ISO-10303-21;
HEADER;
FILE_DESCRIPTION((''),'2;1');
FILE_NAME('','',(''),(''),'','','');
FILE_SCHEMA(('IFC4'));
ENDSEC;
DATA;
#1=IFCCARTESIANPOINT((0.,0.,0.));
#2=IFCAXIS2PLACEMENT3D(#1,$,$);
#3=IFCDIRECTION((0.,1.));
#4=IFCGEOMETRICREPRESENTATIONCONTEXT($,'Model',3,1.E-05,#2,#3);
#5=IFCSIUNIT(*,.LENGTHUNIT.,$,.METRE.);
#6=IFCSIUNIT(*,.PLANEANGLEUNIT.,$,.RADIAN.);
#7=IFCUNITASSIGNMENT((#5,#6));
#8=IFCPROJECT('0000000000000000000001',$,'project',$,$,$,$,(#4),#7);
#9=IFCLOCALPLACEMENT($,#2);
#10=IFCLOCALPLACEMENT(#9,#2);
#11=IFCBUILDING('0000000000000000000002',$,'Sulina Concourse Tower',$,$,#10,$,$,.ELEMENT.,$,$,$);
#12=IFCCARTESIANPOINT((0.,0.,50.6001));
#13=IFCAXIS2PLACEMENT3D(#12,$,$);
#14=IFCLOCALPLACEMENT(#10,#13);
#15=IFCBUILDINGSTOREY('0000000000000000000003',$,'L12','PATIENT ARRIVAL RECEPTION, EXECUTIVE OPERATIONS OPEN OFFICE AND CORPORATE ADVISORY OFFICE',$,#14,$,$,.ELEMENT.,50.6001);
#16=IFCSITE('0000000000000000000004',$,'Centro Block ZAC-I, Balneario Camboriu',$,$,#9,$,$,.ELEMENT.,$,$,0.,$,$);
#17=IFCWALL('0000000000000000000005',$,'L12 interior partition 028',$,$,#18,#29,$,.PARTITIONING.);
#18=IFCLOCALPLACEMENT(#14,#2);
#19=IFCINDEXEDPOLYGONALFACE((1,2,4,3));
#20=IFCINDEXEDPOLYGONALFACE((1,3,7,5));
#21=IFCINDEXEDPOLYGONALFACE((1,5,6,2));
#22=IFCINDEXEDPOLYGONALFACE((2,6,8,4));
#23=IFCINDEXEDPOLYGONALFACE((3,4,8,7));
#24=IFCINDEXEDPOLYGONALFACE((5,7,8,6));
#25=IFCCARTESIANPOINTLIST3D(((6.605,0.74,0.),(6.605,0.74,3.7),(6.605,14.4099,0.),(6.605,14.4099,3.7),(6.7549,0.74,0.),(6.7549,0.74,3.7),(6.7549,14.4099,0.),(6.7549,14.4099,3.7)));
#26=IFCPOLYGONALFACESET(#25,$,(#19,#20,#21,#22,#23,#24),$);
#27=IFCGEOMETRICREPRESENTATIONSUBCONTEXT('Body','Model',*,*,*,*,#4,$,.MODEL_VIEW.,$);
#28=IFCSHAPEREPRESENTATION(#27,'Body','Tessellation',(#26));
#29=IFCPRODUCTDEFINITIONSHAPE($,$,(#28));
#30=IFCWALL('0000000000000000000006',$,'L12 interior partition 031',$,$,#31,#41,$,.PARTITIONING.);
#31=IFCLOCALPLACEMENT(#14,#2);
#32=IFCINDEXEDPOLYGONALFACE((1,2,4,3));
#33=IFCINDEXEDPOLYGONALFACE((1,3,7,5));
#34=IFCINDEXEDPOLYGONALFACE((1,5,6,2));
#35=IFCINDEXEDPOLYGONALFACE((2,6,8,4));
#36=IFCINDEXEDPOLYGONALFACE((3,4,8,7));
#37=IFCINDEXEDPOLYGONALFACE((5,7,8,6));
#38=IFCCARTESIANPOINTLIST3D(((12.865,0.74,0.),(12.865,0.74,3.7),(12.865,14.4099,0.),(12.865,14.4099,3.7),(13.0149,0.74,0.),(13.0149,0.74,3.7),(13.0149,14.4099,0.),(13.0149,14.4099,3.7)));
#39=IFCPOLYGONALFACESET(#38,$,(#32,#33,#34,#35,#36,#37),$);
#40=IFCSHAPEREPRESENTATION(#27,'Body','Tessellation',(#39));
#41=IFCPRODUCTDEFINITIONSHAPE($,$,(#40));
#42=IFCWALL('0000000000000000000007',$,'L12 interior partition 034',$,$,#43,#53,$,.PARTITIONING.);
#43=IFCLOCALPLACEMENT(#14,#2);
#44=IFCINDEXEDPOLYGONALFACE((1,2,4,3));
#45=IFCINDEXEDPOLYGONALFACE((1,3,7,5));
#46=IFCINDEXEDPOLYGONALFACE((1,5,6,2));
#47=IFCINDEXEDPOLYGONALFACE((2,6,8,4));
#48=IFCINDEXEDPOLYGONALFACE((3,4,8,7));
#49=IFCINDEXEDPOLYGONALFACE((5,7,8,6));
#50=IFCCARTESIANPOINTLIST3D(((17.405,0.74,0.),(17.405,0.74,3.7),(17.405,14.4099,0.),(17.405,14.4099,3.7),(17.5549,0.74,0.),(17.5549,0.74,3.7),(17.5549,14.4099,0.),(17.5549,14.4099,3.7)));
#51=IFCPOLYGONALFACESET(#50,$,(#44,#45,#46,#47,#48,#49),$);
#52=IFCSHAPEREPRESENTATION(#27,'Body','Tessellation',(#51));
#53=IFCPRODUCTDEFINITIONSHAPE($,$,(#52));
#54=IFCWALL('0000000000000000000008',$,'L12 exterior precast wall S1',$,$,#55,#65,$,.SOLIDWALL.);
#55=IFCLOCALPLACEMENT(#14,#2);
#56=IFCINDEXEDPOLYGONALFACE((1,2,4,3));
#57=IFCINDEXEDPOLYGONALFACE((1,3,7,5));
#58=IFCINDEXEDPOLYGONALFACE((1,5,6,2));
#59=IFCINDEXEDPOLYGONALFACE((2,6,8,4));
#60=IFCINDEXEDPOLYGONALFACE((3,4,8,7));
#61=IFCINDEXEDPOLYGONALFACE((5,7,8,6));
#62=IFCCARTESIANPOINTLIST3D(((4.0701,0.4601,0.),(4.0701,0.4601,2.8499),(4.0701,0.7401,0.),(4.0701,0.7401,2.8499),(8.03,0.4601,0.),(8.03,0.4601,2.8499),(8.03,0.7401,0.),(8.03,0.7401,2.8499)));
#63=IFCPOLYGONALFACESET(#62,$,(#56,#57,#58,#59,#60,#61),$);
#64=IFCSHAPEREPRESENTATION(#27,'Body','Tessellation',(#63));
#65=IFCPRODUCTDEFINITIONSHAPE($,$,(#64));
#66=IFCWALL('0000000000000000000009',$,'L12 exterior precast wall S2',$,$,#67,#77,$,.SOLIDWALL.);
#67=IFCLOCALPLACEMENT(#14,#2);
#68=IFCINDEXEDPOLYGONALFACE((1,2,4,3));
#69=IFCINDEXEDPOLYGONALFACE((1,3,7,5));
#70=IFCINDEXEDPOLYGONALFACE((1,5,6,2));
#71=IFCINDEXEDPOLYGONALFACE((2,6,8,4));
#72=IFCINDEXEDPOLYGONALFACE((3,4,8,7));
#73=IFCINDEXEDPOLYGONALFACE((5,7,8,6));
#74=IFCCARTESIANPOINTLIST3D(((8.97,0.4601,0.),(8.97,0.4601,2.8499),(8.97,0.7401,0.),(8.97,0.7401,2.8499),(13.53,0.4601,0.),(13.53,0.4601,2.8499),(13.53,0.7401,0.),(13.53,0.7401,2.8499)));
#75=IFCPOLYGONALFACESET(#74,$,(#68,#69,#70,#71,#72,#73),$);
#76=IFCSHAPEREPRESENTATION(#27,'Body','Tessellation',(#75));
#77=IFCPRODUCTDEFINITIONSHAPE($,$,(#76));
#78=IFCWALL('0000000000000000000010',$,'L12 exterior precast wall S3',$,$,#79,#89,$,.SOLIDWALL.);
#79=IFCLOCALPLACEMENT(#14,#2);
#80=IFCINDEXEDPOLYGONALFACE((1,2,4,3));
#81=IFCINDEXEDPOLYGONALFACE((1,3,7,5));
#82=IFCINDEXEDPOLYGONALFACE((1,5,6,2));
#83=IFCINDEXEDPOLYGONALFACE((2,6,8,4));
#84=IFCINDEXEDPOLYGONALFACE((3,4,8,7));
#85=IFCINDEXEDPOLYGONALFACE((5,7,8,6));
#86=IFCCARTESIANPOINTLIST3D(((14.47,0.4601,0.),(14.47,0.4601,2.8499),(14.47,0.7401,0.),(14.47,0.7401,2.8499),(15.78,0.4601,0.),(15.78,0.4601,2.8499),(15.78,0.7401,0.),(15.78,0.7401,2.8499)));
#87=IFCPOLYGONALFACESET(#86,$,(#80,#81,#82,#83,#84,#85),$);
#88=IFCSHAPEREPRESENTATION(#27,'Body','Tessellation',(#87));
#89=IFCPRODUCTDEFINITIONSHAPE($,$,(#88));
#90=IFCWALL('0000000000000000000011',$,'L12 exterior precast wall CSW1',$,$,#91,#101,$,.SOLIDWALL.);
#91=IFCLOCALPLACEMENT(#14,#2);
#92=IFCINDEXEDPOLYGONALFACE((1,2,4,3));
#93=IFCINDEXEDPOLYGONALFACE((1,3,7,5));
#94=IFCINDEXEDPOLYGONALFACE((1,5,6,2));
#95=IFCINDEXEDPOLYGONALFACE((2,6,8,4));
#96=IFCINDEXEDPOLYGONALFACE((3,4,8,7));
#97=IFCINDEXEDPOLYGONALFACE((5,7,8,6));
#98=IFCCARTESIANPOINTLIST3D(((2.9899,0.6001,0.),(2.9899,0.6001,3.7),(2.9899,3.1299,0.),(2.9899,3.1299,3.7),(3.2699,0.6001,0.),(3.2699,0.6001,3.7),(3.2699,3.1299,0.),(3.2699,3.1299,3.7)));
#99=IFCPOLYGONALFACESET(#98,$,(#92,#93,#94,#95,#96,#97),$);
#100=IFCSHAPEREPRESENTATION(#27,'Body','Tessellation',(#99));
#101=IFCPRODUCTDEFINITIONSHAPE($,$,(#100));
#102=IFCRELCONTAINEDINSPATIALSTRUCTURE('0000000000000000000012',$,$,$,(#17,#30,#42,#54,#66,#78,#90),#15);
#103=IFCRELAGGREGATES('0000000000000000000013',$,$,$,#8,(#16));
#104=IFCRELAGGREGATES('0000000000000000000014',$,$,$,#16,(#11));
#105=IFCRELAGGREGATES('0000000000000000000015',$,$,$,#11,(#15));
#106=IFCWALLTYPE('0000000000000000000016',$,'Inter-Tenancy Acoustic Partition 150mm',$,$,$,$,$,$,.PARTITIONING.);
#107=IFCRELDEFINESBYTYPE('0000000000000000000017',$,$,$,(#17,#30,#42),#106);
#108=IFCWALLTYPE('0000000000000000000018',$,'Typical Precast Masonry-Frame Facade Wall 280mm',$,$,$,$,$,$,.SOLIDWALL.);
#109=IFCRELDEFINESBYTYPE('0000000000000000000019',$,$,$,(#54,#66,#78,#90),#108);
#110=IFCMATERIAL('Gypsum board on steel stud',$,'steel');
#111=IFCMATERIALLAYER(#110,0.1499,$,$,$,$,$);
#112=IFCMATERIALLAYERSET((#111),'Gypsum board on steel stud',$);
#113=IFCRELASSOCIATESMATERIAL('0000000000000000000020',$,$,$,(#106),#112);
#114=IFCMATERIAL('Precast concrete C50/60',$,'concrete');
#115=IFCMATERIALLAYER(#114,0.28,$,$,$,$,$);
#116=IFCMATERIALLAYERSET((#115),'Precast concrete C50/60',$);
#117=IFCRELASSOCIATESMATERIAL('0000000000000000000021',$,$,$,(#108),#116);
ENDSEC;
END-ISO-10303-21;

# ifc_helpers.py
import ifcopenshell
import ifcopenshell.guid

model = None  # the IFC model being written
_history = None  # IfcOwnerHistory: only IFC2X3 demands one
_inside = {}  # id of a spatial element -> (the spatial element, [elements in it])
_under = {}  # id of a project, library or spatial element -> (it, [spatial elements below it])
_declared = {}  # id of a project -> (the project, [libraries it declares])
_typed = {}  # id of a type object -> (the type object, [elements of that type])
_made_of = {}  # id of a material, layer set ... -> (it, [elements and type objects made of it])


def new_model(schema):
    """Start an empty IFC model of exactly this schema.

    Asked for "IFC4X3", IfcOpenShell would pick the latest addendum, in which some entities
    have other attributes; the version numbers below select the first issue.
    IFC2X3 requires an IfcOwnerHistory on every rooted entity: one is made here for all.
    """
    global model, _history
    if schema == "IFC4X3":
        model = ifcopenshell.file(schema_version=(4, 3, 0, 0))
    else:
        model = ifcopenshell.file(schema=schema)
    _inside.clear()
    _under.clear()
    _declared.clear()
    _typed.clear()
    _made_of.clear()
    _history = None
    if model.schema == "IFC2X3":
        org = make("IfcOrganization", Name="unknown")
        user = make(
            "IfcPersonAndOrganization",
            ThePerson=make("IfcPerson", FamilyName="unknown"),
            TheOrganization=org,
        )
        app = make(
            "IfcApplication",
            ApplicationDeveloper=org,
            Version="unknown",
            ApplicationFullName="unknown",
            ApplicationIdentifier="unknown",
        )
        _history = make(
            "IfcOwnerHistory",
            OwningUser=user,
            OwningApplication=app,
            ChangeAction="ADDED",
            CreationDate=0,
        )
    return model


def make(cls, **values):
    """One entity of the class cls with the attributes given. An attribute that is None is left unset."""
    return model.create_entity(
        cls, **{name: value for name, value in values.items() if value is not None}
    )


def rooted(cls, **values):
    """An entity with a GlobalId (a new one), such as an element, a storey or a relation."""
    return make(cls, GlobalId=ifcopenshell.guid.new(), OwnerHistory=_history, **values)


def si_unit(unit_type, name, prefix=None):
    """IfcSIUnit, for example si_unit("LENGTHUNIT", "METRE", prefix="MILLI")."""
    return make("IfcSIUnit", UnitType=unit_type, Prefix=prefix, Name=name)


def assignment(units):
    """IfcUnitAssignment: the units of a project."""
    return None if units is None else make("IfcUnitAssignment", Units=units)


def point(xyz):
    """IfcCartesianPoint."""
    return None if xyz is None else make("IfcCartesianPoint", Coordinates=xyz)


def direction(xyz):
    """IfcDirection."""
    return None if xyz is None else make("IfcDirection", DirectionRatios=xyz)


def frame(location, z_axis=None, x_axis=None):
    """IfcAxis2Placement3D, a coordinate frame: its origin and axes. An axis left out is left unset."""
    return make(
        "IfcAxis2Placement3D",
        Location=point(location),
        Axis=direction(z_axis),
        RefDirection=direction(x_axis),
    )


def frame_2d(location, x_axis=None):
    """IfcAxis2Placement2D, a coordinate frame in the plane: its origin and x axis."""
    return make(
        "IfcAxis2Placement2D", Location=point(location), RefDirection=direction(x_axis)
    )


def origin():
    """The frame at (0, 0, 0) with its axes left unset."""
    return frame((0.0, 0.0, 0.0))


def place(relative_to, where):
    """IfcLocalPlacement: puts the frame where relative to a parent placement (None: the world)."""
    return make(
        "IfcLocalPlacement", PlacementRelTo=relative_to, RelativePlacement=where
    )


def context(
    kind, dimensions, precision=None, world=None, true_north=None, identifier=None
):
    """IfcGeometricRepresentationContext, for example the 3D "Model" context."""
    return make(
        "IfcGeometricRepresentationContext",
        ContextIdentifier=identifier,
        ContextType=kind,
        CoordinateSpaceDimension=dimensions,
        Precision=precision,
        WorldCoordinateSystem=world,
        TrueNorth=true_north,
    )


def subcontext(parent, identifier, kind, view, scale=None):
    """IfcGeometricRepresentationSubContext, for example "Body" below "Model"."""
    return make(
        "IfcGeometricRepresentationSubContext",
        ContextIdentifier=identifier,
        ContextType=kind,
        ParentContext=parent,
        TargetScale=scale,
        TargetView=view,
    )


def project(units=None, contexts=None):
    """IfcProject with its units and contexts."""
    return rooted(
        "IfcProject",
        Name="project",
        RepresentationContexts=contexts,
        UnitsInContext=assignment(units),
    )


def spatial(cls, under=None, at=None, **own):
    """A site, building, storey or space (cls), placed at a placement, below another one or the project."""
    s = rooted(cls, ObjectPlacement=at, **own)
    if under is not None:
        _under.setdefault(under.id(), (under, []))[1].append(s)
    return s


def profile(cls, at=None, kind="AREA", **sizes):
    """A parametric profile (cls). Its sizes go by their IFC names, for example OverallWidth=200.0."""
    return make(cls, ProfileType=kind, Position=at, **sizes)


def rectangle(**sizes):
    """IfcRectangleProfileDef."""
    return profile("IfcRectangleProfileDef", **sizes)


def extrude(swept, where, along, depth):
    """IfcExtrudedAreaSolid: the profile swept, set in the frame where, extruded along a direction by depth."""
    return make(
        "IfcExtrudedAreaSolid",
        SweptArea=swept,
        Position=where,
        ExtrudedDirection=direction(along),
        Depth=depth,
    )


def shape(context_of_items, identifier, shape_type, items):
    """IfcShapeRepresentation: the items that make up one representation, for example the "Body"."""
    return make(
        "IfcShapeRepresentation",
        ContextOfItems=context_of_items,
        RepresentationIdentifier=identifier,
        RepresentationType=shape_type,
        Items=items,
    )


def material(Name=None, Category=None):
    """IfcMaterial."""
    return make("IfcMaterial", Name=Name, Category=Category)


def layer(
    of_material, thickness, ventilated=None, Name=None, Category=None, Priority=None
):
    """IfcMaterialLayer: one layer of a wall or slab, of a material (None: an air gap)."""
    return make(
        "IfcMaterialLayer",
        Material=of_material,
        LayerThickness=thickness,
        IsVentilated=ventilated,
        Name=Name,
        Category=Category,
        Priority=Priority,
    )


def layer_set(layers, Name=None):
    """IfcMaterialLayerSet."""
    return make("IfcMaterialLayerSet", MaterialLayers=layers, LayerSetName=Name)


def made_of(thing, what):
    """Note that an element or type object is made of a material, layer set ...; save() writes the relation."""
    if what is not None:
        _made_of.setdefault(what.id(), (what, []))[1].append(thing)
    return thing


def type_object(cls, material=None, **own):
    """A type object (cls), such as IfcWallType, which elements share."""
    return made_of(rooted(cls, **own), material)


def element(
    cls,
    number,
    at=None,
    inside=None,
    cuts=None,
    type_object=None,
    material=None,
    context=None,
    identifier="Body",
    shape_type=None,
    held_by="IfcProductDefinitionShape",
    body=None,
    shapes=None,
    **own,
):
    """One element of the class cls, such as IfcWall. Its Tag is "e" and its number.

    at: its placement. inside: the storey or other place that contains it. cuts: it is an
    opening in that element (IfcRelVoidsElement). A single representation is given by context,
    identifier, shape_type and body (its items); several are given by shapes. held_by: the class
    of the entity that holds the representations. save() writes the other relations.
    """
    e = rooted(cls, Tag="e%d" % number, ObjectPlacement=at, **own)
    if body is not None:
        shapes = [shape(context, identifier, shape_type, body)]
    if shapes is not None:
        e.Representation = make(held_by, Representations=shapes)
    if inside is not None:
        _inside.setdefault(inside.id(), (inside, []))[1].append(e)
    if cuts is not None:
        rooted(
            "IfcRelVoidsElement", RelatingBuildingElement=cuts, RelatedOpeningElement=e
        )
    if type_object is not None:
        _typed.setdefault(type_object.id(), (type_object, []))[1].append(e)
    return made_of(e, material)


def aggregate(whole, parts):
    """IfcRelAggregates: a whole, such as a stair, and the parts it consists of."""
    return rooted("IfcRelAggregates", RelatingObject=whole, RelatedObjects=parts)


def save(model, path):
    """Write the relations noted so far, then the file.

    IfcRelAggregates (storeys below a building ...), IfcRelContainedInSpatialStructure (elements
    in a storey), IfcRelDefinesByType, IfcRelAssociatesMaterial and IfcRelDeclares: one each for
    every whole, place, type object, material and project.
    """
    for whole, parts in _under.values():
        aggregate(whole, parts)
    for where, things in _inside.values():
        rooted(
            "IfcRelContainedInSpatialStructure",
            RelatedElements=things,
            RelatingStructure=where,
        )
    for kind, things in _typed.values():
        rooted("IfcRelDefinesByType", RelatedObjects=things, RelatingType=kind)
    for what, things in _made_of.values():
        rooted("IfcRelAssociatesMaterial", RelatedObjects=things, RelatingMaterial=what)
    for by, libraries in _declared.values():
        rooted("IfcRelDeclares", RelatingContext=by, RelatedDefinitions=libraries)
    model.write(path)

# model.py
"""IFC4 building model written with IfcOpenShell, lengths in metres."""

from ifc_helpers import new_model, si_unit, direction, frame, frame_2d, origin, place, context, subcontext, project, spatial, rectangle, extrude, material, layer, layer_set, type_object, element, save


model = new_model("IFC4")

# Units and contexts
model_context = context("Model", 3, precision=1e-05, world=origin(), true_north=direction((0.0, 1.0)))
body_context = subcontext(model_context, "Body", "Model", "MODEL_VIEW")
ifc_project = project(units=[si_unit("LENGTHUNIT", "METRE"), si_unit("PLANEANGLEUNIT", "RADIAN")], contexts=[model_context])

# Site, building, storey
site_placement = place(None, origin())
site = spatial("IfcSite", under=ifc_project, at=site_placement, Name="Centro Block ZAC-I, Balneario Camboriu", CompositionType="ELEMENT", RefElevation=0.0)
building_placement = place(site_placement, origin())
building = spatial("IfcBuilding", under=site, at=building_placement, Name="Sulina Concourse Tower", CompositionType="ELEMENT")
storey_placement = place(building_placement, frame((0.0, 0.0, 50.6001)))
storey = spatial("IfcBuildingStorey", under=building, at=storey_placement, Name="L12", Description="PATIENT ARRIVAL RECEPTION, EXECUTIVE OPERATIONS OPEN OFFICE AND CORPORATE ADVISORY OFFICE", CompositionType="ELEMENT", Elevation=50.6001)

# Walls
ifc_material_1 = material(Name="Gypsum board on steel stud", Category="steel")
ifc_layer_1 = layer(ifc_material_1, 0.1499)
ifc_layer_set_1 = layer_set([ifc_layer_1], Name="Gypsum board on steel stud")
wall_type_1 = type_object("IfcWallType", Name="Inter-Tenancy Acoustic Partition 150mm", PredefinedType="PARTITIONING", material=ifc_layer_set_1)
for number, where, z_axis, x_axis, name in (
    (1, (6.6799, 0.74, 0.0), (0.0, 0.0, 1.0), (0.0, 1.0, 0.0), "L12 interior partition 028"),
    (2, (12.9399, 0.74, 0.0), (0.0, 0.0, 1.0), (0.0, 1.0, 0.0), "L12 interior partition 031"),
    (3, (17.48, 0.74, 0.0), (0.0, 0.0, 1.0), (0.0, 1.0, 0.0), "L12 interior partition 034"),
):
    element("IfcWall", number, at=place(storey_placement, frame(where, z_axis=z_axis, x_axis=x_axis)), inside=storey, type_object=wall_type_1, Name=name, PredefinedType="PARTITIONING", context=body_context, shape_type="SweptSolid", body=[
        extrude(rectangle(XDim=13.6699, YDim=0.1499, at=frame_2d((6.835, 0.0))), origin(), (0.0, 0.0, 1.0), 3.7),
    ])
ifc_material_2 = material(Name="Precast concrete C50/60", Category="concrete")
ifc_layer_2 = layer(ifc_material_2, 0.28)
ifc_layer_set_2 = layer_set([ifc_layer_2], Name="Precast concrete C50/60")
wall_type_2 = type_object("IfcWallType", Name="Typical Precast Masonry-Frame Facade Wall 280mm", PredefinedType="SOLIDWALL", material=ifc_layer_set_2)
wall_1_placement = place(storey_placement, frame((8.03, 0.6001, 0.0), z_axis=(0.0, 0.0, 1.0), x_axis=(-1.0, 0.0, 0.0)))
element("IfcWall", 4, at=wall_1_placement, inside=storey, type_object=wall_type_2, Name="L12 exterior precast wall S1", PredefinedType="SOLIDWALL", context=body_context, shape_type="SweptSolid", body=[
    extrude(rectangle(XDim=3.96, YDim=0.28, at=frame_2d((1.98, 0.0))), origin(), (0.0, 0.0, 1.0), 2.8499),
])
wall_2_placement = place(storey_placement, frame((13.53, 0.6001, 0.0), z_axis=(0.0, 0.0, 1.0), x_axis=(-1.0, 0.0, 0.0)))
element("IfcWall", 5, at=wall_2_placement, inside=storey, type_object=wall_type_2, Name="L12 exterior precast wall S2", PredefinedType="SOLIDWALL", context=body_context, shape_type="SweptSolid", body=[
    extrude(rectangle(XDim=4.5601, YDim=0.28, at=frame_2d((2.28, 0.0))), origin(), (0.0, 0.0, 1.0), 2.8499),
])
wall_3_placement = place(storey_placement, frame((15.78, 0.6001, 0.0), z_axis=(0.0, 0.0, 1.0), x_axis=(-1.0, 0.0, 0.0)))
element("IfcWall", 6, at=wall_3_placement, inside=storey, type_object=wall_type_2, Name="L12 exterior precast wall S3", PredefinedType="SOLIDWALL", context=body_context, shape_type="SweptSolid", body=[
    extrude(rectangle(XDim=1.3101, YDim=0.28, at=frame_2d((0.655, 0.0))), origin(), (0.0, 0.0, 1.0), 2.8499),
])
wall_4_placement = place(storey_placement, frame((3.1299, 0.6001, 0.0), z_axis=(0.0, 0.0, 1.0), x_axis=(0.0, 1.0, 0.0)))
element("IfcWall", 7, at=wall_4_placement, inside=storey, type_object=wall_type_2, Name="L12 exterior precast wall CSW1", PredefinedType="SOLIDWALL", context=body_context, shape_type="SweptSolid", body=[
    extrude(rectangle(XDim=2.5298, YDim=0.28, at=frame_2d((1.2649, 0.0))), origin(), (0.0, 0.0, 1.0), 3.7),
])

save(model, "model.ifc")
